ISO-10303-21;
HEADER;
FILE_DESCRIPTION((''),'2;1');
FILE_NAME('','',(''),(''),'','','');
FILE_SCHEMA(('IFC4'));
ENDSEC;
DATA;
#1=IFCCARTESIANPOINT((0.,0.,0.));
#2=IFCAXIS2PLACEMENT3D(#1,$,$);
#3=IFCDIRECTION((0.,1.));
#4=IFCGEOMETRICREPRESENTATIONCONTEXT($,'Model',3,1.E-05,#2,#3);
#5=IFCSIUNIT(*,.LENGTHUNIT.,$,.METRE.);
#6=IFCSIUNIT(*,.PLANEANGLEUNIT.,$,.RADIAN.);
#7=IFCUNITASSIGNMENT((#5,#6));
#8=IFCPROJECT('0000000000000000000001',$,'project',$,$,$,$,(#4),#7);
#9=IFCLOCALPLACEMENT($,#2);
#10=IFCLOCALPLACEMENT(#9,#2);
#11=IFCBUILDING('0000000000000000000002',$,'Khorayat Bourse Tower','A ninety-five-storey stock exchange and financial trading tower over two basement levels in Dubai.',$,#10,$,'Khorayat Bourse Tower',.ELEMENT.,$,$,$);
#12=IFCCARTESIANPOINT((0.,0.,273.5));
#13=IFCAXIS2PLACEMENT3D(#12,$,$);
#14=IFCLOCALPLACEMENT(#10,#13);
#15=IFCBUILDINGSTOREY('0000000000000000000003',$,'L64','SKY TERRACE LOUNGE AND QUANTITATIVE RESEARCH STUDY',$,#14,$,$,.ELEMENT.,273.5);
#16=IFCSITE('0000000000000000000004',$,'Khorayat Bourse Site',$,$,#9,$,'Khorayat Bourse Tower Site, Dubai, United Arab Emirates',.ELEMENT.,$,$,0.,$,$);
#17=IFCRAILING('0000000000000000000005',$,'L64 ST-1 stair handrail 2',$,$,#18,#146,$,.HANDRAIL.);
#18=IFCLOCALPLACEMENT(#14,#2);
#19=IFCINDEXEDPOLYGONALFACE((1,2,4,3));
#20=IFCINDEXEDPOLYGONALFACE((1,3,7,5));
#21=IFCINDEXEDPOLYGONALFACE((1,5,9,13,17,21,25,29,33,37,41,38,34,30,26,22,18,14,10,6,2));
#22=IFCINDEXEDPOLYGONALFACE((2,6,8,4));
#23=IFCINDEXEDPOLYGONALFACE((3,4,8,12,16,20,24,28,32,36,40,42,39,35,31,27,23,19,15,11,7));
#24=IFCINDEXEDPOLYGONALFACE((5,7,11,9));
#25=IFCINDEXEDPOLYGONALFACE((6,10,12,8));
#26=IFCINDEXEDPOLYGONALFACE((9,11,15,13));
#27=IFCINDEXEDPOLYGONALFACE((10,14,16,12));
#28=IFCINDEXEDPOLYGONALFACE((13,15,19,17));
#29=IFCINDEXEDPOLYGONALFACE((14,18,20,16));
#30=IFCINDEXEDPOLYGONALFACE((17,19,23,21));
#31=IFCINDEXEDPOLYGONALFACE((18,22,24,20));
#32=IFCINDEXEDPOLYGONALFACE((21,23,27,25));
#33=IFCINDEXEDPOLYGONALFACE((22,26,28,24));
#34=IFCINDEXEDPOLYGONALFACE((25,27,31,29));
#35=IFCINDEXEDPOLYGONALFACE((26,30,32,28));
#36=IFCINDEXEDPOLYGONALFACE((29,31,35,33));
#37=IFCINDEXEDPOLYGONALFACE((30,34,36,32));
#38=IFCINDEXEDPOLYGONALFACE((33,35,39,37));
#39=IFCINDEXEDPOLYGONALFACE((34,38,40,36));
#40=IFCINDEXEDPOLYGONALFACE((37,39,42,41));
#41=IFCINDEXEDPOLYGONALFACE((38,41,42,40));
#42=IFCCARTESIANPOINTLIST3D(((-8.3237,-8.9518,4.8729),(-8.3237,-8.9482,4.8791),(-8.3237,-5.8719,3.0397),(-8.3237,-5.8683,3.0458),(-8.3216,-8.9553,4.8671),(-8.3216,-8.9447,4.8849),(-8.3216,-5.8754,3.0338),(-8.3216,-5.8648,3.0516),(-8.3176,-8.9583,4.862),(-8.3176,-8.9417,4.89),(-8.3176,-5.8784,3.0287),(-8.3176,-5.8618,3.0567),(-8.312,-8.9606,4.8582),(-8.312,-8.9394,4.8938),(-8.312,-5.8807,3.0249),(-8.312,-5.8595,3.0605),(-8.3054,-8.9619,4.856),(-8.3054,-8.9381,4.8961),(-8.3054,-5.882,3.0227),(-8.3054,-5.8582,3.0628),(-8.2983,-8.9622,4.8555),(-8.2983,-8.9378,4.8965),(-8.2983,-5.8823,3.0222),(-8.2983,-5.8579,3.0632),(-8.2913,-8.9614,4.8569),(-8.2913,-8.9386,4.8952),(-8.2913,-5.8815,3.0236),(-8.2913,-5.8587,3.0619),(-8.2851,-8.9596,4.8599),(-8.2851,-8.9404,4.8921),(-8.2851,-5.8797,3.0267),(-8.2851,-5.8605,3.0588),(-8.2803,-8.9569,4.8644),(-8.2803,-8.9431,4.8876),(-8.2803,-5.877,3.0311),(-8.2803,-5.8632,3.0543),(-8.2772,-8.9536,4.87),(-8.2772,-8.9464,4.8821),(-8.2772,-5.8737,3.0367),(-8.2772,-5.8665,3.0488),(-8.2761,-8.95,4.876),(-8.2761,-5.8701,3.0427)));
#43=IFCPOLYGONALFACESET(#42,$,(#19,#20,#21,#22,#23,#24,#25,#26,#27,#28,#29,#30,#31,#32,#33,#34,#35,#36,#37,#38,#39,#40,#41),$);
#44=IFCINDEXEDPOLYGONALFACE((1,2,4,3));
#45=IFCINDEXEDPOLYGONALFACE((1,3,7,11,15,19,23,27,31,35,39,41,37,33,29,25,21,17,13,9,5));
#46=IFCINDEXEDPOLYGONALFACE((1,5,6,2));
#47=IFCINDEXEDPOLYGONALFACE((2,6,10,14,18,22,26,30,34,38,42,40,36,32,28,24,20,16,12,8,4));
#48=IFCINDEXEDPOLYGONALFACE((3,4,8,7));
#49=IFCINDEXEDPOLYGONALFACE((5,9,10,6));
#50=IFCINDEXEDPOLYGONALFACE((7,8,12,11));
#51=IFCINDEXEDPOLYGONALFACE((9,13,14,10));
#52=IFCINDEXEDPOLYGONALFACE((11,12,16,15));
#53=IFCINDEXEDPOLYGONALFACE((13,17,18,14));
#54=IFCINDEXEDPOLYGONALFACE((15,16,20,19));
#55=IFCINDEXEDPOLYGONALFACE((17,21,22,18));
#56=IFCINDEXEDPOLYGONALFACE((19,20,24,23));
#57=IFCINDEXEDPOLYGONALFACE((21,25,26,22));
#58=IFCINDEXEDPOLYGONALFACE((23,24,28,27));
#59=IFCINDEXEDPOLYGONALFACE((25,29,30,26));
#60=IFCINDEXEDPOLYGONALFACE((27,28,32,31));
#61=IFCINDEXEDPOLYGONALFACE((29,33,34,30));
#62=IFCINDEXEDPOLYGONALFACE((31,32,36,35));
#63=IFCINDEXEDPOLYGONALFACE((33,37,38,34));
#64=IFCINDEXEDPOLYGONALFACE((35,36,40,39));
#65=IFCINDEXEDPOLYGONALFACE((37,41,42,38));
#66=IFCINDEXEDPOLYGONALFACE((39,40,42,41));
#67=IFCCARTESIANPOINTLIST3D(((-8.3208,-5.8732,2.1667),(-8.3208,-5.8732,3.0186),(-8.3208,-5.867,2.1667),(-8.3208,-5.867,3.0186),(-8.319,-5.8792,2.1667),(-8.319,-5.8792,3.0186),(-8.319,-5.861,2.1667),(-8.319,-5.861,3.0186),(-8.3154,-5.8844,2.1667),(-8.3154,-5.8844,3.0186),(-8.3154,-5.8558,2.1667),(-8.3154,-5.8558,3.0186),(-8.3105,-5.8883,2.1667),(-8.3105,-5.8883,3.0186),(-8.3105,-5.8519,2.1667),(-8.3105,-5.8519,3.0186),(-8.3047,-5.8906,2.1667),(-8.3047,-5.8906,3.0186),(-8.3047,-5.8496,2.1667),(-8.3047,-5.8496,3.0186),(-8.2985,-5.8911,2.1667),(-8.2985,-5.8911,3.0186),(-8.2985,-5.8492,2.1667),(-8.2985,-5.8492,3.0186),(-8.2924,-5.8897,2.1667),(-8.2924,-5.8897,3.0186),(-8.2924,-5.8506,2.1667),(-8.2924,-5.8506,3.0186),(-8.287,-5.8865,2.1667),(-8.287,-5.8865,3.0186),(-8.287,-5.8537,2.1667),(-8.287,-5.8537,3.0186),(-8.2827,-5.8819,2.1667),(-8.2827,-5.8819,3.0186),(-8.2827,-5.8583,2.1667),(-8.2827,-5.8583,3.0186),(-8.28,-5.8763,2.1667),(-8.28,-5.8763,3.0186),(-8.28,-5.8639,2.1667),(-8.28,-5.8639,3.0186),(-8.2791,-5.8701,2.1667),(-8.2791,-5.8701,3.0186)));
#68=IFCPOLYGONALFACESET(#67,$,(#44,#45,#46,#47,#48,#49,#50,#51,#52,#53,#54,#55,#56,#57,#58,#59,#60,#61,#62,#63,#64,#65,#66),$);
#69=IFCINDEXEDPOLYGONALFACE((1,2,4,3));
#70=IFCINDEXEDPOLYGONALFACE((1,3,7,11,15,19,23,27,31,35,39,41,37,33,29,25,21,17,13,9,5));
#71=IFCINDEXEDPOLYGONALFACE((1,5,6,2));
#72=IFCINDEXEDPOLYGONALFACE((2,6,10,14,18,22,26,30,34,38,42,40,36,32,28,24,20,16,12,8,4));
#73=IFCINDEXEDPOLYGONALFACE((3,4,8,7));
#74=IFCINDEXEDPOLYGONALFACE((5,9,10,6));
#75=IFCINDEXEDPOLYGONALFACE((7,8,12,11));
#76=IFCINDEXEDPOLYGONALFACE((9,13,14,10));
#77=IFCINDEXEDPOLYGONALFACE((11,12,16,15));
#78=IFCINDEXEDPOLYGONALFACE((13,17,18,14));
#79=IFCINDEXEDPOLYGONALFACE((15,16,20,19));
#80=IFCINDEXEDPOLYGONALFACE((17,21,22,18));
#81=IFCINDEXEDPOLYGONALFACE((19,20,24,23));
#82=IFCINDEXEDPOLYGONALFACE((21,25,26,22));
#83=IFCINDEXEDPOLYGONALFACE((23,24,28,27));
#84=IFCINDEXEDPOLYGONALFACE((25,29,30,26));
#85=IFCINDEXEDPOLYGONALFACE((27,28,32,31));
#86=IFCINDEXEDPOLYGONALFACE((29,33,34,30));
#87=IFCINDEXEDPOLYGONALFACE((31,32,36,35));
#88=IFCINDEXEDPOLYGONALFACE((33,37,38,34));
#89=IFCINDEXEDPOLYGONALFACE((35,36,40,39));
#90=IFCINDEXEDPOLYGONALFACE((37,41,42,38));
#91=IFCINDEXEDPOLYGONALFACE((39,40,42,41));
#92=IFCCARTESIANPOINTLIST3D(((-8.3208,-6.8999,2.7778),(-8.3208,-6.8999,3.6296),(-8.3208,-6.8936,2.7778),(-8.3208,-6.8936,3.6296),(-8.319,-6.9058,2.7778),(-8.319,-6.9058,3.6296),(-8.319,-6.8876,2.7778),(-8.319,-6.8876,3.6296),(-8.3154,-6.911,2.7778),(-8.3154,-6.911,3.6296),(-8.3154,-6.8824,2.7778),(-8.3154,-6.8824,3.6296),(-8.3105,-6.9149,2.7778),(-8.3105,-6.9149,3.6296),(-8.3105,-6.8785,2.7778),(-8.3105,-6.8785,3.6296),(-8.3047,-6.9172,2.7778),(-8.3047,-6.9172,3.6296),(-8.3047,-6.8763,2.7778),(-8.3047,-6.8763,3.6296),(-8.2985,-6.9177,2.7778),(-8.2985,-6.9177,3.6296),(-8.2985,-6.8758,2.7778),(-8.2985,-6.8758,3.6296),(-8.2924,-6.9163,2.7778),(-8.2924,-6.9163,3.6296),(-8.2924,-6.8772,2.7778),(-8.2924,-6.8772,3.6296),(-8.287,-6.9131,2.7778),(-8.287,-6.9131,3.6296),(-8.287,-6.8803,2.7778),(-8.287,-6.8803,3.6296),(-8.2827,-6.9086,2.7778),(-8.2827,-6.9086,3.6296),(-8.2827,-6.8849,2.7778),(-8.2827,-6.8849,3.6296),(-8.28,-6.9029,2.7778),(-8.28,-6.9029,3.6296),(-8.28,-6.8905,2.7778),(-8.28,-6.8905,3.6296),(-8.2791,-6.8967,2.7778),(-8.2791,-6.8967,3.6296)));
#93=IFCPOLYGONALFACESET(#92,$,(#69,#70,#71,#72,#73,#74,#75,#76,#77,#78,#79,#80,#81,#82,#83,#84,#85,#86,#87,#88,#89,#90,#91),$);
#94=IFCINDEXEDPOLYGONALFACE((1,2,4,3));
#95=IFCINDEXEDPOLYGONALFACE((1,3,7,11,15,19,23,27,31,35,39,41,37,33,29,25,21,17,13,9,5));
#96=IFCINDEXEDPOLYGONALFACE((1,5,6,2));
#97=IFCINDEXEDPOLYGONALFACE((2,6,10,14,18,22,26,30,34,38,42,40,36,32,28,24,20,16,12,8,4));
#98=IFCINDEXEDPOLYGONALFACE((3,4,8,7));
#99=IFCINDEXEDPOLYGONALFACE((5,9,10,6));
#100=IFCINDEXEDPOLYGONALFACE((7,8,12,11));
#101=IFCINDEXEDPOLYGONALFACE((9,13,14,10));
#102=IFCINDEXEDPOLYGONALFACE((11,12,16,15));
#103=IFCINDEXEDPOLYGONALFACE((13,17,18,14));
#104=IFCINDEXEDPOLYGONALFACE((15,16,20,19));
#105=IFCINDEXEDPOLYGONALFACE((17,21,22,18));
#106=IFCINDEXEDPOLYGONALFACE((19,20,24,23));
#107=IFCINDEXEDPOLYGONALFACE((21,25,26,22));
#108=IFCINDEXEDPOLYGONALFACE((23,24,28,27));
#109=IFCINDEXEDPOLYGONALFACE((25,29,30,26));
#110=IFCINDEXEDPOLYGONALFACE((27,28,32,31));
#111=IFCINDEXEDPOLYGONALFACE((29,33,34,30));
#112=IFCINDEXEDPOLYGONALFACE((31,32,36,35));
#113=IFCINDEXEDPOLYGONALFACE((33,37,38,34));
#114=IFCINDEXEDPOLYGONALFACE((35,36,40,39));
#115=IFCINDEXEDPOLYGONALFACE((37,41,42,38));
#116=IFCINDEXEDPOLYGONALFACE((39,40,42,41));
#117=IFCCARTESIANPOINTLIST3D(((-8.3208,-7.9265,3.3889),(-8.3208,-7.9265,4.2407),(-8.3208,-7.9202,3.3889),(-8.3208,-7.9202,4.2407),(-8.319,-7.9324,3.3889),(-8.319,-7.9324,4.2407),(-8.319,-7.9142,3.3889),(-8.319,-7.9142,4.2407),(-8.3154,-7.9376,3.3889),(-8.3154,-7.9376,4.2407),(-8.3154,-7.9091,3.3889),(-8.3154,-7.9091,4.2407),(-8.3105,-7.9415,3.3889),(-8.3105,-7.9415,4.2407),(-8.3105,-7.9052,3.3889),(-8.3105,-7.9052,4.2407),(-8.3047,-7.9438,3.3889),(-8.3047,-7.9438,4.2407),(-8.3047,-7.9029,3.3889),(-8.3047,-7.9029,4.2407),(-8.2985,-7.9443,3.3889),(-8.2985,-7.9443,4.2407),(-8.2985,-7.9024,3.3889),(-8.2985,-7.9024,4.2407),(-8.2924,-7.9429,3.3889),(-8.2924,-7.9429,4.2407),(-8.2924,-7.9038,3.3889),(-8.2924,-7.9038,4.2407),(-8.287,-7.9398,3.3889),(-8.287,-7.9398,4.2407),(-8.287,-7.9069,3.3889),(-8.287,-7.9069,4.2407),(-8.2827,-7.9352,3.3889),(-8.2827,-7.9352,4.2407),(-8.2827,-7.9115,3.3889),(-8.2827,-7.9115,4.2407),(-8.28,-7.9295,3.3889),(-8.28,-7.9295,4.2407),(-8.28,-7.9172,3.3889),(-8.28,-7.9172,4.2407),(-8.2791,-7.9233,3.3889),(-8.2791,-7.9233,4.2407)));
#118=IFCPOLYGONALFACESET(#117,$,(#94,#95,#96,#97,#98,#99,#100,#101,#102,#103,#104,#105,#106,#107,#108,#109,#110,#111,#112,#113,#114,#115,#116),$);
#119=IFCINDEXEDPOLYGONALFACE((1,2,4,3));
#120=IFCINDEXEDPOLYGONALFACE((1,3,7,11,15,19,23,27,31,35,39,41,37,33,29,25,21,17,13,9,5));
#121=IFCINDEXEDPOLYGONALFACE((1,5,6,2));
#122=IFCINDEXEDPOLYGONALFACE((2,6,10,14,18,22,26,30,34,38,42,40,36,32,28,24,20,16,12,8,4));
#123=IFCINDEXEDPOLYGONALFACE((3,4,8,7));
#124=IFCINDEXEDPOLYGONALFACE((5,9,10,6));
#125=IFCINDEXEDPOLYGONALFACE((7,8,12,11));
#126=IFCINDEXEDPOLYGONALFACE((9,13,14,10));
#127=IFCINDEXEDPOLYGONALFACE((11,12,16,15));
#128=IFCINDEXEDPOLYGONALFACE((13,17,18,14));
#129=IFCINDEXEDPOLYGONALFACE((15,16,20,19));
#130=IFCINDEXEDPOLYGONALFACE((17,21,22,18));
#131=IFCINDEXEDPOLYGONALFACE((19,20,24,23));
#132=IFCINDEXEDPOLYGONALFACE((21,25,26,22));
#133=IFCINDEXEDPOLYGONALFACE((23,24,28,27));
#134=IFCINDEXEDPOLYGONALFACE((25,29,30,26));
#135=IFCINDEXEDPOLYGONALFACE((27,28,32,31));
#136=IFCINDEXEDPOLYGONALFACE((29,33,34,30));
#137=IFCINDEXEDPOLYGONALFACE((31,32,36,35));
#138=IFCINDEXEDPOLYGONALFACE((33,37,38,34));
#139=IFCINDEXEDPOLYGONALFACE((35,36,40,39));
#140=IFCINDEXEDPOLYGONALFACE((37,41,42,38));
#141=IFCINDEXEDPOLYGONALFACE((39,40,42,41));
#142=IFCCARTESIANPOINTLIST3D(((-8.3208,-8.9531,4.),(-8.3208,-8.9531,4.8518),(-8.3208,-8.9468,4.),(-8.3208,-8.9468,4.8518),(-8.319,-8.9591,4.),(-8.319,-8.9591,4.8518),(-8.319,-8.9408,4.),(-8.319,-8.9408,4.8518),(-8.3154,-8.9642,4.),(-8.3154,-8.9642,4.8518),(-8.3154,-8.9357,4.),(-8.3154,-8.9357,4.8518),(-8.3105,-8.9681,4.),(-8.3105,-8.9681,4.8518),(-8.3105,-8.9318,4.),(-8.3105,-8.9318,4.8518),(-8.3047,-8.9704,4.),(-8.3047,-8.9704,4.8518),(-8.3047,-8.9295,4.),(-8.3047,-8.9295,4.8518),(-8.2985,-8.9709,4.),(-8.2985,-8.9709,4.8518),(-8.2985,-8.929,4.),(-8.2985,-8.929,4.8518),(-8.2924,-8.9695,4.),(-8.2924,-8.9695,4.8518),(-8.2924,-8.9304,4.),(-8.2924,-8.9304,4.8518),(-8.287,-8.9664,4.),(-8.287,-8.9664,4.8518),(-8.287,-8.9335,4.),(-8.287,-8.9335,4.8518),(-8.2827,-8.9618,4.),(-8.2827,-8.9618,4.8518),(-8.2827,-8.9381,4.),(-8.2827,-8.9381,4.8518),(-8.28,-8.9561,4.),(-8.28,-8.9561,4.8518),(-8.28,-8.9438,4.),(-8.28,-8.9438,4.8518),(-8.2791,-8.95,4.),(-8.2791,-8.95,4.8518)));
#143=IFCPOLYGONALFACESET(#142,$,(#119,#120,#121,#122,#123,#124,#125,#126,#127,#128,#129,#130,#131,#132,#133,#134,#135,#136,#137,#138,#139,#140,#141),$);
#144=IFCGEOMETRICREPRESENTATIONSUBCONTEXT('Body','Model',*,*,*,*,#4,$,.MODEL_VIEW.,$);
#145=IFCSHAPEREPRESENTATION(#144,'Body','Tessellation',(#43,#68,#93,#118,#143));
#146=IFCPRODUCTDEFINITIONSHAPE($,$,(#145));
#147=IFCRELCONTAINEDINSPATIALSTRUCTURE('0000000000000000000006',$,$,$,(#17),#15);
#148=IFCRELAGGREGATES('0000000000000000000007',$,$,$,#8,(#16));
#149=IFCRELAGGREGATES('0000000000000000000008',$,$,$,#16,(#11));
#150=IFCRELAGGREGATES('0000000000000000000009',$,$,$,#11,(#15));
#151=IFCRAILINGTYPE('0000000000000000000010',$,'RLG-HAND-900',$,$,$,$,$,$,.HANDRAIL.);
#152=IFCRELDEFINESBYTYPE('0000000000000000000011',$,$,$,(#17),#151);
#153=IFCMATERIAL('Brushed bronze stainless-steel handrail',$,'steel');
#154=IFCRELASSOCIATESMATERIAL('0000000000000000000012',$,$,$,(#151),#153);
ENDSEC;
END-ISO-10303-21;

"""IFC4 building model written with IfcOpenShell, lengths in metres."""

from ifc_helpers import new_model, si_unit, direction, frame, origin, origin_2d, place, context, subcontext, project, spatial, circle, extrude, source, transform, mapped, material, type_object, element, save


model = new_model("IFC4")

# Units and contexts
model_context = context("Model", 3, precision=1e-05, world=origin(), true_north=direction((0.0, 1.0)))
body_context = subcontext(model_context, "Body", "Model", "MODEL_VIEW")
ifc_project = project(units=[si_unit("LENGTHUNIT", "METRE"), si_unit("PLANEANGLEUNIT", "RADIAN")], contexts=[model_context])

# Site, building, storey
site_placement = place(None, origin())
site = spatial("IfcSite", under=ifc_project, at=site_placement, Name="Khorayat Bourse Site", LongName="Khorayat Bourse Tower Site, Dubai, United Arab Emirates", CompositionType="ELEMENT", RefElevation=0.0)
building_placement = place(site_placement, origin())
building = spatial("IfcBuilding", under=site, at=building_placement, Name="Khorayat Bourse Tower", Description="A ninety-five-storey stock exchange and financial trading tower over two basement levels in Dubai.", LongName="Khorayat Bourse Tower", CompositionType="ELEMENT")
storey_placement = place(building_placement, frame((0.0, 0.0, 273.5)))
storey = spatial("IfcBuildingStorey", under=building, at=storey_placement, Name="L64", Description="SKY TERRACE LOUNGE AND QUANTITATIVE RESEARCH STUDY", CompositionType="ELEMENT", Elevation=273.5)

# Railing
ifc_material_1 = material(Name="Brushed bronze stainless-steel handrail", Category="steel")
railing_type_1 = type_object("IfcRailingType", Name="RLG-HAND-900", PredefinedType="HANDRAIL", material=ifc_material_1)
shared_shape_1 = source(origin(), body_context, "Body", "SweptSolid", [
    extrude(circle(Radius=0.0239, at=origin_2d()), frame((0.0, 0.0, 0.876), z_axis=(0.0, -0.859291, 0.511487), x_axis=(1.0, 0.0, 0.0)), (0.0, 0.0, 1.0), 3.5842),
    extrude(circle(Radius=0.021, at=origin_2d()), origin(), (0.0, 0.0, 1.0), 0.8518),
    extrude(circle(Radius=0.021, at=origin_2d()), frame((0.0, -1.0266, 0.6111)), (0.0, 0.0, 1.0), 0.8518),
    extrude(circle(Radius=0.021, at=origin_2d()), frame((0.0, -2.0532, 1.2222)), (0.0, 0.0, 1.0), 0.8518),
    extrude(circle(Radius=0.021, at=origin_2d()), frame((0.0, -3.0798, 1.8333)), (0.0, 0.0, 1.0), 0.8518),
])
railing_1_placement = place(storey_placement, frame((-8.3, -5.8701, 2.1667)))
element("IfcRailing", 1, at=railing_1_placement, inside=storey, type_object=railing_type_1, Name="L64 ST-1 stair handrail 2", PredefinedType="HANDRAIL", context=body_context, shape_type="MappedRepresentation", body=[
    mapped(shared_shape_1, transform((0.0, 0.0, 0.0), scale=1.0)),
])

save(model, "model.ifc")
